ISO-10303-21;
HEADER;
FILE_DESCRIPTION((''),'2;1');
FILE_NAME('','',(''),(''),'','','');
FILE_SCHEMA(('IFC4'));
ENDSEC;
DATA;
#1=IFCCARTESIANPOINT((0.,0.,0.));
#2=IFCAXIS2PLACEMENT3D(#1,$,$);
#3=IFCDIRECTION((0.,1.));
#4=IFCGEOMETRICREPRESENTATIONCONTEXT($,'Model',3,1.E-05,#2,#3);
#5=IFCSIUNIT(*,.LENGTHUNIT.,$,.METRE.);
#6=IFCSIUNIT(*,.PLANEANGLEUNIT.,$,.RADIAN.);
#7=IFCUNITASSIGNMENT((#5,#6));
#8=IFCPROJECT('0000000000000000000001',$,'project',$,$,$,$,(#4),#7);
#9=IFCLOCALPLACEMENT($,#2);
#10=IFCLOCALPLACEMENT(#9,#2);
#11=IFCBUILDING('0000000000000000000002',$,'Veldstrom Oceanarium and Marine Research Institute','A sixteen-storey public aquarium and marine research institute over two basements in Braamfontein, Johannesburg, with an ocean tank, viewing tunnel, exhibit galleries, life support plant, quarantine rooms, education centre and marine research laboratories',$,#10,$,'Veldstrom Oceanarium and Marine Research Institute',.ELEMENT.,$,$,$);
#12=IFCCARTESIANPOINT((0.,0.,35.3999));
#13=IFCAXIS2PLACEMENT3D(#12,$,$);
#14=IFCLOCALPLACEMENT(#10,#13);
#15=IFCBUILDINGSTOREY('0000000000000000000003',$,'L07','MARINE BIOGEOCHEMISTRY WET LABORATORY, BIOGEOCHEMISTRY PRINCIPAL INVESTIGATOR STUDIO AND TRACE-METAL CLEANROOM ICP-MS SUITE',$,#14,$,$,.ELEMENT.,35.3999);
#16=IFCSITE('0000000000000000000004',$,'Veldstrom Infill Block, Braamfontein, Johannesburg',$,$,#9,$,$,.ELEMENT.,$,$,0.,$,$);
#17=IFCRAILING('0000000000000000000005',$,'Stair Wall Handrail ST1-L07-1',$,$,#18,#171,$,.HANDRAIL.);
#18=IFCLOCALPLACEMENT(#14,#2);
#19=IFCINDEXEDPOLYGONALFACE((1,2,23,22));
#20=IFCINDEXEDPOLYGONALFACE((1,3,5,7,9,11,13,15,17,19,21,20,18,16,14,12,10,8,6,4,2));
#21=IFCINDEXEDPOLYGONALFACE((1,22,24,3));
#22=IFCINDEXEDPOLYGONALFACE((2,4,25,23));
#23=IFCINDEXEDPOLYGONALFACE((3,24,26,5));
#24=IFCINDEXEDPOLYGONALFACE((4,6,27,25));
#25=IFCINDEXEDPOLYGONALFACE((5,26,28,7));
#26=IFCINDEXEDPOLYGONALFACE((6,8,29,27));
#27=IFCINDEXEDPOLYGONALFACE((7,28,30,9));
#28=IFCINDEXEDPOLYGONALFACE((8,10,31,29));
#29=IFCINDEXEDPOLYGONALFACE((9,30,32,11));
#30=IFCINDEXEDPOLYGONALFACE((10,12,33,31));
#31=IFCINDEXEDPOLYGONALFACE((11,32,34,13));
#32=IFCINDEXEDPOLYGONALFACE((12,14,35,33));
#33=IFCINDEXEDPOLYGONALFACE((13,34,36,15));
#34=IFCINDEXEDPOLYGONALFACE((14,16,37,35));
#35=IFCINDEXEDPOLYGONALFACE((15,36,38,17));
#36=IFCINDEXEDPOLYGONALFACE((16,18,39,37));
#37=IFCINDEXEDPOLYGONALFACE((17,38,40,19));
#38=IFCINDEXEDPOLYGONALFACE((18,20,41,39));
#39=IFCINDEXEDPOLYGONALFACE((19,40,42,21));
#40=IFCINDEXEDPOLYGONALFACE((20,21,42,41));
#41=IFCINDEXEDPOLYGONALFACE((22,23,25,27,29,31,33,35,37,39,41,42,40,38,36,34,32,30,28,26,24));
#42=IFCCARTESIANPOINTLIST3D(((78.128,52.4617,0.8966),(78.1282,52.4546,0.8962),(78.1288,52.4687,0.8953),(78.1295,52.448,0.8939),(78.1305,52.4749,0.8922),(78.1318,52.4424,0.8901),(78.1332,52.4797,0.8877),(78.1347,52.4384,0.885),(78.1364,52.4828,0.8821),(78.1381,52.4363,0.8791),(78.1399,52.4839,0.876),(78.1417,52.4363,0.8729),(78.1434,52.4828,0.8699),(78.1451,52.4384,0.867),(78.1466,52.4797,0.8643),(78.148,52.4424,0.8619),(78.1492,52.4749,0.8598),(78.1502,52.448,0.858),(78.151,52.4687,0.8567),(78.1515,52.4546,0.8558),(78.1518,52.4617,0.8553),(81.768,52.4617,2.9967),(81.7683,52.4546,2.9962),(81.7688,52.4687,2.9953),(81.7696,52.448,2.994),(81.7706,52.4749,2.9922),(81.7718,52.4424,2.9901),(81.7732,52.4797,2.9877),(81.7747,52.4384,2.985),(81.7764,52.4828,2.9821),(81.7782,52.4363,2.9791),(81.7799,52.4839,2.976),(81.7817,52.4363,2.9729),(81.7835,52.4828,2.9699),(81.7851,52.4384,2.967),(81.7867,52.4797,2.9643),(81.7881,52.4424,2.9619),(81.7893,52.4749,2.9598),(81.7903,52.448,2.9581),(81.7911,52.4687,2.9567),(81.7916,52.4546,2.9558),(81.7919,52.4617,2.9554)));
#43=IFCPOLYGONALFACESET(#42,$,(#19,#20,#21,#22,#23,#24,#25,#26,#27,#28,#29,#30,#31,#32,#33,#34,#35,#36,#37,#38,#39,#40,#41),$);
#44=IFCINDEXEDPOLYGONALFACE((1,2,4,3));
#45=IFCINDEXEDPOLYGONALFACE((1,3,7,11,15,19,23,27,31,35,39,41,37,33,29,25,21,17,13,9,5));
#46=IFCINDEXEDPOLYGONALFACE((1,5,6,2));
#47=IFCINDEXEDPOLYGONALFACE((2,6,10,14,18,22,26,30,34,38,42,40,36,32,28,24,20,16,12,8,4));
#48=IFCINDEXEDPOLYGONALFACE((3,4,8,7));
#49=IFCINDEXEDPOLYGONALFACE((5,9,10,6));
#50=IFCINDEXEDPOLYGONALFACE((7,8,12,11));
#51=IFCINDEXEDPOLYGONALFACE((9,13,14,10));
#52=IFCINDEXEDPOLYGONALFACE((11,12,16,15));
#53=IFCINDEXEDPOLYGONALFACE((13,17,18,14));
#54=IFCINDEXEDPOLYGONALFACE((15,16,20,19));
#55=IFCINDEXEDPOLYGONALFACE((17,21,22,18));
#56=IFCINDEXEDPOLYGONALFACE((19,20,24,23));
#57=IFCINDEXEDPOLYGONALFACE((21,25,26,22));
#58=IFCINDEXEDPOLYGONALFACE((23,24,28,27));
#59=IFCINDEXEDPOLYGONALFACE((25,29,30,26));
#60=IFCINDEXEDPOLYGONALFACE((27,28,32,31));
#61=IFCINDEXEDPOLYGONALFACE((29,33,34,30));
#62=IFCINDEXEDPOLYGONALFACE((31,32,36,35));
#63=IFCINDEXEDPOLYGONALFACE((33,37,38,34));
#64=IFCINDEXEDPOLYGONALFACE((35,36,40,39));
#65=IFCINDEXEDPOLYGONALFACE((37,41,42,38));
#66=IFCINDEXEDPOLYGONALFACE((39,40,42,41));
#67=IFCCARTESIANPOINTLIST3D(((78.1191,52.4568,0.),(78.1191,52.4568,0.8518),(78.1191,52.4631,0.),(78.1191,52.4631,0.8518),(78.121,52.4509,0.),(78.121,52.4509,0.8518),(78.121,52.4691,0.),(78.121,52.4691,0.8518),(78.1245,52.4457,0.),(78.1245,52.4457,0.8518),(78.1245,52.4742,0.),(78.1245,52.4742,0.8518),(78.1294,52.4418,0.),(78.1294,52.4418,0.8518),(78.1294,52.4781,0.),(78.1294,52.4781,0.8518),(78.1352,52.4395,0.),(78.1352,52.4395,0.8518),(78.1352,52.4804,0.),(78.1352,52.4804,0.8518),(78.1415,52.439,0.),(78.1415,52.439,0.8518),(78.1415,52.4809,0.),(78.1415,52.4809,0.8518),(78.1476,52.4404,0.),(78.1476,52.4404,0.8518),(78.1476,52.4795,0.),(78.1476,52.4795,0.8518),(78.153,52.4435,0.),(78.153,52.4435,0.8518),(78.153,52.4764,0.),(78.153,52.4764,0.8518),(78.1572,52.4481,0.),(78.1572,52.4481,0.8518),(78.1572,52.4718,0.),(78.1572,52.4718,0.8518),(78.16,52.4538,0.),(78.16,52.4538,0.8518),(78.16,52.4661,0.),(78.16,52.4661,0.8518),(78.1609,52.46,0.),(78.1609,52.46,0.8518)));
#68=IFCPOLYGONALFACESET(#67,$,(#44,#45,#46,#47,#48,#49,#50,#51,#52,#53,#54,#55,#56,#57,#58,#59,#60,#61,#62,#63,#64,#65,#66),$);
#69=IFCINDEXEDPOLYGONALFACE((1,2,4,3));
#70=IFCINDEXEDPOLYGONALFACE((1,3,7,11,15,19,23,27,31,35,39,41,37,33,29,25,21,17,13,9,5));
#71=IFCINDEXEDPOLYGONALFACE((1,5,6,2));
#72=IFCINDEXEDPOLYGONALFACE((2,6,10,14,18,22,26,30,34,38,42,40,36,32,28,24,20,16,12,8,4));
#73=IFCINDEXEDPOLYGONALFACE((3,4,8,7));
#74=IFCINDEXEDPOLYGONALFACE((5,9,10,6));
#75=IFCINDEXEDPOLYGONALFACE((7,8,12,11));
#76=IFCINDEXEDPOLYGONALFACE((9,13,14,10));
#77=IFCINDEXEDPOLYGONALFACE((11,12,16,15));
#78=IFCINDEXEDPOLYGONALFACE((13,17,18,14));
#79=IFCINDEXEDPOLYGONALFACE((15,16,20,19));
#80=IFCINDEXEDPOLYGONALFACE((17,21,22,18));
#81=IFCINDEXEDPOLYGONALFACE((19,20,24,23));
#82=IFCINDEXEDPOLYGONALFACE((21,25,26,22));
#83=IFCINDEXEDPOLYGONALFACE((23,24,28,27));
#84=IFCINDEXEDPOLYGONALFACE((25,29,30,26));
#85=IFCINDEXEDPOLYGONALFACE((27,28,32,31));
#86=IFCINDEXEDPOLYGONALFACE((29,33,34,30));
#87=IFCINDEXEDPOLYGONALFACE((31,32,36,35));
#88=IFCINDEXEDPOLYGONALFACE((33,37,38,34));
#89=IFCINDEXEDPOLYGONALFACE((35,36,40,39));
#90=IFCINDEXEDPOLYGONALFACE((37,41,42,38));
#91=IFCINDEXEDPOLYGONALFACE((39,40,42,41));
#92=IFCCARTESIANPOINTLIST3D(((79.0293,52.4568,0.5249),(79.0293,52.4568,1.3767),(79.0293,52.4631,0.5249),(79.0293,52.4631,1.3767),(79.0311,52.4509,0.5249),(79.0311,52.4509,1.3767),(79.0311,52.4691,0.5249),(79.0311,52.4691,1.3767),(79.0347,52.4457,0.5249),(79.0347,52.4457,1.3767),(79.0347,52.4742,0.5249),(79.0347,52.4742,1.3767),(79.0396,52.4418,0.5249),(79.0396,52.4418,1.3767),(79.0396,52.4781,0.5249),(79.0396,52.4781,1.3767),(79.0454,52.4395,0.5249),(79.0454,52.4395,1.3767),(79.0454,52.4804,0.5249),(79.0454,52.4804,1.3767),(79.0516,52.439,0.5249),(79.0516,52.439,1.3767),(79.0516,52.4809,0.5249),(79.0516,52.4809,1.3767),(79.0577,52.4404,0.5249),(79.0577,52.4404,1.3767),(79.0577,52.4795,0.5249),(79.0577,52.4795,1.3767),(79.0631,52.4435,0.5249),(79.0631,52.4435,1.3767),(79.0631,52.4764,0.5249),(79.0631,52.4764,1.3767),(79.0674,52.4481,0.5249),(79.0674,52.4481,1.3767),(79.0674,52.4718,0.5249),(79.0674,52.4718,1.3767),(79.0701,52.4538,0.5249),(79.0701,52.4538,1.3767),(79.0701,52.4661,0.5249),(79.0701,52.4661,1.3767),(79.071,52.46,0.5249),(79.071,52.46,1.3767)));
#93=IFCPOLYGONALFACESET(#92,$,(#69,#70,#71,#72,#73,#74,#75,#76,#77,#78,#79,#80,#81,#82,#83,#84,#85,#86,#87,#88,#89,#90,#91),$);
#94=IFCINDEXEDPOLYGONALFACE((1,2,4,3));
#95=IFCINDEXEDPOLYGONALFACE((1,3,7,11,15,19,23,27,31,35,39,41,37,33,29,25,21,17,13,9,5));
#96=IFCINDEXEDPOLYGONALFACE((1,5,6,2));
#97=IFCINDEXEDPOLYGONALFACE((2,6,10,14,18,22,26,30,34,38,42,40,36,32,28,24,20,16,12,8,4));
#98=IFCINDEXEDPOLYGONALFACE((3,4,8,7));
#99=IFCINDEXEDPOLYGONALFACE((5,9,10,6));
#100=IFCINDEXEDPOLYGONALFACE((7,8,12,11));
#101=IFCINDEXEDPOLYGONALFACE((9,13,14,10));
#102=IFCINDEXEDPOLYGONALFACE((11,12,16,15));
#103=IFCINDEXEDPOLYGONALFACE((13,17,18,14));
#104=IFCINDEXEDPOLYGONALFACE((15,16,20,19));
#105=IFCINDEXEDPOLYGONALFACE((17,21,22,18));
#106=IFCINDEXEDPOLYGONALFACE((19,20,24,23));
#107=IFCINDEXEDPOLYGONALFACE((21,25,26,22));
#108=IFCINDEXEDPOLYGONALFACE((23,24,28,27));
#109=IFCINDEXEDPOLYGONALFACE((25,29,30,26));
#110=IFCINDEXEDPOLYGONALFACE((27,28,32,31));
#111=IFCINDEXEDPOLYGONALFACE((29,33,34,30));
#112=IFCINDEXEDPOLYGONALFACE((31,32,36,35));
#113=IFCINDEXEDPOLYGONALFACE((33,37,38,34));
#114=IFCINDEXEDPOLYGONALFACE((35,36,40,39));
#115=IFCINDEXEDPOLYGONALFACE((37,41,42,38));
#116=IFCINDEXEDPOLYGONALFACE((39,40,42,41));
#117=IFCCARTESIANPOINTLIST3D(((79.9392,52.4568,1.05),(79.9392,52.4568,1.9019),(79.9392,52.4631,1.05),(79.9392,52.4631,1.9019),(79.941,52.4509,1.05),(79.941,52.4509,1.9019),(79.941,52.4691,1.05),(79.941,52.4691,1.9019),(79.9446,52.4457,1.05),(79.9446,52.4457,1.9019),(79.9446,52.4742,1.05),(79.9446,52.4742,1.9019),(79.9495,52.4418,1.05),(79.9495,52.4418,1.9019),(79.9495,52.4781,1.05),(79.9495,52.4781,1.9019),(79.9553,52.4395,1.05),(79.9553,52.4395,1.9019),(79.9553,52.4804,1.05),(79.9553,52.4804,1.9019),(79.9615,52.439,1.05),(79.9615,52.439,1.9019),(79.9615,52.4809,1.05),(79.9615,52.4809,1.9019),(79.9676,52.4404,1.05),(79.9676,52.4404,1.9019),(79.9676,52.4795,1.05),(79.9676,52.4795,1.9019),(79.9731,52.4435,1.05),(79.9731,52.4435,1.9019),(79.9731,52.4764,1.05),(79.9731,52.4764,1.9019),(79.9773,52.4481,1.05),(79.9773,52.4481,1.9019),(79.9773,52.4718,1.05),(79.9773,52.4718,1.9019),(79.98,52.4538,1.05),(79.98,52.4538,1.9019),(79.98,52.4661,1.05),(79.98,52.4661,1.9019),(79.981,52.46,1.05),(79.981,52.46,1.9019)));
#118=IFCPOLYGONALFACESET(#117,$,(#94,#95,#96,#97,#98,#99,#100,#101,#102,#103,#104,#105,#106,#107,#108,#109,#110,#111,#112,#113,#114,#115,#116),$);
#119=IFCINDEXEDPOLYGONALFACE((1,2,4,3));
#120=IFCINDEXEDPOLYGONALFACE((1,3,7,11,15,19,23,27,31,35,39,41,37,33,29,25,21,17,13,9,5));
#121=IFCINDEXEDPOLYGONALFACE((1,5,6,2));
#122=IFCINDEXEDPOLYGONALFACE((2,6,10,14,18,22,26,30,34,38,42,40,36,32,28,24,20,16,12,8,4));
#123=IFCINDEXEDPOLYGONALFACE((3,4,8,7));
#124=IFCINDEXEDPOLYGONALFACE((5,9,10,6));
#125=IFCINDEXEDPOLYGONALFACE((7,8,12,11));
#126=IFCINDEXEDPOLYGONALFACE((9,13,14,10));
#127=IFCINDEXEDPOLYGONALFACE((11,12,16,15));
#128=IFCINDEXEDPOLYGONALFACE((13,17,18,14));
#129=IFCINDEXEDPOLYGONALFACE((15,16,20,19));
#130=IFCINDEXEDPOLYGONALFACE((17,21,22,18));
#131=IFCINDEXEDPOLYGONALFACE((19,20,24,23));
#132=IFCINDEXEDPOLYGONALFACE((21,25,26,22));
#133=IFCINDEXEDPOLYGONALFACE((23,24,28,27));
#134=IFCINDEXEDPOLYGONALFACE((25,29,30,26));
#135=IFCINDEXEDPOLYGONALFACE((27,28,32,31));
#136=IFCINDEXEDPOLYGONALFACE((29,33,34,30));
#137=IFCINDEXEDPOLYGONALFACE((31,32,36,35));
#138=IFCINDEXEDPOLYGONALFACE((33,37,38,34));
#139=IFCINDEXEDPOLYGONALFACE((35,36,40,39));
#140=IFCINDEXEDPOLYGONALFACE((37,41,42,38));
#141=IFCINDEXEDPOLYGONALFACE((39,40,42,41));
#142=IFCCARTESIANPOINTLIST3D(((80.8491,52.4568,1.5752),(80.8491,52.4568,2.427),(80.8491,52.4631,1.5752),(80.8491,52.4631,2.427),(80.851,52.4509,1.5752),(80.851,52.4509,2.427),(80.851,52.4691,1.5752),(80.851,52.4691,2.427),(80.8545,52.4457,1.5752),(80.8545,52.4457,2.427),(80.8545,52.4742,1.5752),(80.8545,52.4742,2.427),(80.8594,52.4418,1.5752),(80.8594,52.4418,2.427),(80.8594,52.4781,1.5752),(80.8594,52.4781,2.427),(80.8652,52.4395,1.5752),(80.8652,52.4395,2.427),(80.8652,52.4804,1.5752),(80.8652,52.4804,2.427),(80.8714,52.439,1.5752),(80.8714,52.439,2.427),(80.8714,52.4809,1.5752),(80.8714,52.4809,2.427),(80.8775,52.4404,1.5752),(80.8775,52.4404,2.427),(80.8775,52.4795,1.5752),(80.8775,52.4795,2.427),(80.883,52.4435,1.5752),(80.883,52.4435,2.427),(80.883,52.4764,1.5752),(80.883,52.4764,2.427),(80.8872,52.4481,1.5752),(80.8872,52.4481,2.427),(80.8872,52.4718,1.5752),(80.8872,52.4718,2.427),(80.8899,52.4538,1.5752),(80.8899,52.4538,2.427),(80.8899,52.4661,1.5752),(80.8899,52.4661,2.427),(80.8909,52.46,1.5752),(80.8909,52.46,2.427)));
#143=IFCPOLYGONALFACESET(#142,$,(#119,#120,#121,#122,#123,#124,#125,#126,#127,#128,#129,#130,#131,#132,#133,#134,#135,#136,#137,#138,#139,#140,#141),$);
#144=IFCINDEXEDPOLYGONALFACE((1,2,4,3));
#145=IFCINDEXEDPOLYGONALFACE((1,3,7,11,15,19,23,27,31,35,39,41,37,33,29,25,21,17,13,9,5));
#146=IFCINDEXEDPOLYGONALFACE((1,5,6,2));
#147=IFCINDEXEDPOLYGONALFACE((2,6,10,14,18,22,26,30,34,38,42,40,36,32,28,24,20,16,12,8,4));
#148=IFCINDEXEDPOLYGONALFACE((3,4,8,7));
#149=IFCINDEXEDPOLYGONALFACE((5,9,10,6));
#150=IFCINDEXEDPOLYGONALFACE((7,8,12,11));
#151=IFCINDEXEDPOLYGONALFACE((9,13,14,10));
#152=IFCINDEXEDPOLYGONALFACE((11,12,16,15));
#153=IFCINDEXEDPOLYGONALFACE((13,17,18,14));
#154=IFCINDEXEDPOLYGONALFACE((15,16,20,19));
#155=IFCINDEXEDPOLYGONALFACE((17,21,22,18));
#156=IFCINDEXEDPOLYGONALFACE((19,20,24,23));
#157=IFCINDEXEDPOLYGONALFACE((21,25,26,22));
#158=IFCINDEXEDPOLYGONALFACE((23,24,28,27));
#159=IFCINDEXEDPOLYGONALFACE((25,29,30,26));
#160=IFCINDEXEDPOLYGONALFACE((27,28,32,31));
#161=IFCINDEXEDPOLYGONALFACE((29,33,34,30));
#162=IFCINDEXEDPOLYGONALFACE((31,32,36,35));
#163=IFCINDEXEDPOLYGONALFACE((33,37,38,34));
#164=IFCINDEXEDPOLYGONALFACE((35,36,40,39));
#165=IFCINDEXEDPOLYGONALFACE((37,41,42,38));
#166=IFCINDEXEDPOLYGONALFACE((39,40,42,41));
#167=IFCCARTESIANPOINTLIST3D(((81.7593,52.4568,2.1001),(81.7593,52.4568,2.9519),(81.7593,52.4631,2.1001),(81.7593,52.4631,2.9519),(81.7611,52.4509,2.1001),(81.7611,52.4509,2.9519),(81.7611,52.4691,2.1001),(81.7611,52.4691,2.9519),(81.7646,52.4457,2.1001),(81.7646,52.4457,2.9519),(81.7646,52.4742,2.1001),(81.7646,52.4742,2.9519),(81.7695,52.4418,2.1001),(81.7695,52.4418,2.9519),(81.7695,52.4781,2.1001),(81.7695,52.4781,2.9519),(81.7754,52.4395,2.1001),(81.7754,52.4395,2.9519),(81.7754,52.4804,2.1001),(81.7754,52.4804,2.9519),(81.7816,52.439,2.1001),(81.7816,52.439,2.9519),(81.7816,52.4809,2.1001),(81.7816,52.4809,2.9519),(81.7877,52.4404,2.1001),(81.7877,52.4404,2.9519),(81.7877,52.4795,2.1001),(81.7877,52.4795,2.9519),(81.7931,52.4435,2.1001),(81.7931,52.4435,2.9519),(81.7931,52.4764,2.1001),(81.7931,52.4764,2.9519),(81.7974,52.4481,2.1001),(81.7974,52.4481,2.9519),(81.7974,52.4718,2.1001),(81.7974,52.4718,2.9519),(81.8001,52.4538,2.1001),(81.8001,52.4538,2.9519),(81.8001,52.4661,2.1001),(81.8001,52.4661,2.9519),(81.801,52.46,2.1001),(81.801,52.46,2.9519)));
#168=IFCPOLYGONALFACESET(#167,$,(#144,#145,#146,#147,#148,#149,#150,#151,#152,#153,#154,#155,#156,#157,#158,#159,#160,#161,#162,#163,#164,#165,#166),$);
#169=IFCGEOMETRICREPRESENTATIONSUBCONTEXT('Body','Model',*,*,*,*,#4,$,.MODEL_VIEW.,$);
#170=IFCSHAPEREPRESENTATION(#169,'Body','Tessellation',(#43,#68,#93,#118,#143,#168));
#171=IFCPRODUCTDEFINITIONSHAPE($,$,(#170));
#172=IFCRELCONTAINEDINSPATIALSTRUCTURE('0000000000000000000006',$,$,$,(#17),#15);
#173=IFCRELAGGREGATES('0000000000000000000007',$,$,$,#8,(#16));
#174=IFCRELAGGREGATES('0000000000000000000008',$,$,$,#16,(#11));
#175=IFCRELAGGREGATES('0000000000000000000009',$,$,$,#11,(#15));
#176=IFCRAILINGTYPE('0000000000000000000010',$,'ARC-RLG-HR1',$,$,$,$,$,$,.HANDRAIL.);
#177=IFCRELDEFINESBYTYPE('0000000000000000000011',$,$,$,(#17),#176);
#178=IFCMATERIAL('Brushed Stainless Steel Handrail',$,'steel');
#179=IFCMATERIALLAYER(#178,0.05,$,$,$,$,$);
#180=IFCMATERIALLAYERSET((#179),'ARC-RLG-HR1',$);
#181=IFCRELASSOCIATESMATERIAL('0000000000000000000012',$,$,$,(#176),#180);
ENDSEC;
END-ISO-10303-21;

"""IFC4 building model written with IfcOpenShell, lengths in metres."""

from ifc_helpers import new_model, si_unit, direction, frame, origin, origin_2d, place, context, subcontext, project, spatial, circle, extrude, material, layer, layer_set, type_object, element, save


model = new_model("IFC4")

# Units and contexts
model_context = context("Model", 3, precision=1e-05, world=origin(), true_north=direction((0.0, 1.0)))
body_context = subcontext(model_context, "Body", "Model", "MODEL_VIEW")
ifc_project = project(units=[si_unit("LENGTHUNIT", "METRE"), si_unit("PLANEANGLEUNIT", "RADIAN")], contexts=[model_context])

# Site, building, storey
site_placement = place(None, origin())
site = spatial("IfcSite", under=ifc_project, at=site_placement, Name="Veldstrom Infill Block, Braamfontein, Johannesburg", CompositionType="ELEMENT", RefElevation=0.0)
building_placement = place(site_placement, origin())
building = spatial("IfcBuilding", under=site, at=building_placement, Name="Veldstrom Oceanarium and Marine Research Institute", Description="A sixteen-storey public aquarium and marine research institute over two basements in Braamfontein, Johannesburg, with an ocean tank, viewing tunnel, exhibit galleries, life support plant, quarantine rooms, education centre and marine research laboratories", LongName="Veldstrom Oceanarium and Marine Research Institute", CompositionType="ELEMENT")
storey_placement = place(building_placement, frame((0.0, 0.0, 35.3999)))
storey = spatial("IfcBuildingStorey", under=building, at=storey_placement, Name="L07", Description="MARINE BIOGEOCHEMISTRY WET LABORATORY, BIOGEOCHEMISTRY PRINCIPAL INVESTIGATOR STUDIO AND TRACE-METAL CLEANROOM ICP-MS SUITE", CompositionType="ELEMENT", Elevation=35.3999)

# Railing
ifc_material_1 = material(Name="Brushed Stainless Steel Handrail", Category="steel")
ifc_layer_1 = layer(ifc_material_1, 0.05)
ifc_layer_set_1 = layer_set([ifc_layer_1], Name="ARC-RLG-HR1")
railing_type_1 = type_object("IfcRailingType", Name="ARC-RLG-HR1", PredefinedType="HANDRAIL", material=ifc_layer_set_1)
railing_1_placement = place(storey_placement, frame((78.1399, 52.46, 0.0)))
element("IfcRailing", 1, at=railing_1_placement, inside=storey, type_object=railing_type_1, Name="Stair Wall Handrail ST1-L07-1", PredefinedType="HANDRAIL", context=body_context, shape_type="SweptSolid", body=[
    extrude(circle(Radius=0.0239, at=origin_2d()), frame((0.0, 0.0, 0.876), z_axis=(0.866184, 0.0, 0.499726), x_axis=(0.0, 1.0, 0.0)), (0.0, 0.0, 1.0), 4.2024),
    extrude(circle(Radius=0.021, at=origin_2d()), origin(), (0.0, 0.0, 1.0), 0.8518),
    extrude(circle(Radius=0.021, at=origin_2d()), frame((0.9102, 0.0, 0.5249)), (0.0, 0.0, 1.0), 0.8518),
    extrude(circle(Radius=0.021, at=origin_2d()), frame((1.8201, 0.0, 1.05)), (0.0, 0.0, 1.0), 0.8518),
    extrude(circle(Radius=0.021, at=origin_2d()), frame((2.73, 0.0, 1.5752)), (0.0, 0.0, 1.0), 0.8518),
    extrude(circle(Radius=0.021, at=origin_2d()), frame((3.6401, 0.0, 2.1001)), (0.0, 0.0, 1.0), 0.8518),
])

save(model, "model.ifc")
